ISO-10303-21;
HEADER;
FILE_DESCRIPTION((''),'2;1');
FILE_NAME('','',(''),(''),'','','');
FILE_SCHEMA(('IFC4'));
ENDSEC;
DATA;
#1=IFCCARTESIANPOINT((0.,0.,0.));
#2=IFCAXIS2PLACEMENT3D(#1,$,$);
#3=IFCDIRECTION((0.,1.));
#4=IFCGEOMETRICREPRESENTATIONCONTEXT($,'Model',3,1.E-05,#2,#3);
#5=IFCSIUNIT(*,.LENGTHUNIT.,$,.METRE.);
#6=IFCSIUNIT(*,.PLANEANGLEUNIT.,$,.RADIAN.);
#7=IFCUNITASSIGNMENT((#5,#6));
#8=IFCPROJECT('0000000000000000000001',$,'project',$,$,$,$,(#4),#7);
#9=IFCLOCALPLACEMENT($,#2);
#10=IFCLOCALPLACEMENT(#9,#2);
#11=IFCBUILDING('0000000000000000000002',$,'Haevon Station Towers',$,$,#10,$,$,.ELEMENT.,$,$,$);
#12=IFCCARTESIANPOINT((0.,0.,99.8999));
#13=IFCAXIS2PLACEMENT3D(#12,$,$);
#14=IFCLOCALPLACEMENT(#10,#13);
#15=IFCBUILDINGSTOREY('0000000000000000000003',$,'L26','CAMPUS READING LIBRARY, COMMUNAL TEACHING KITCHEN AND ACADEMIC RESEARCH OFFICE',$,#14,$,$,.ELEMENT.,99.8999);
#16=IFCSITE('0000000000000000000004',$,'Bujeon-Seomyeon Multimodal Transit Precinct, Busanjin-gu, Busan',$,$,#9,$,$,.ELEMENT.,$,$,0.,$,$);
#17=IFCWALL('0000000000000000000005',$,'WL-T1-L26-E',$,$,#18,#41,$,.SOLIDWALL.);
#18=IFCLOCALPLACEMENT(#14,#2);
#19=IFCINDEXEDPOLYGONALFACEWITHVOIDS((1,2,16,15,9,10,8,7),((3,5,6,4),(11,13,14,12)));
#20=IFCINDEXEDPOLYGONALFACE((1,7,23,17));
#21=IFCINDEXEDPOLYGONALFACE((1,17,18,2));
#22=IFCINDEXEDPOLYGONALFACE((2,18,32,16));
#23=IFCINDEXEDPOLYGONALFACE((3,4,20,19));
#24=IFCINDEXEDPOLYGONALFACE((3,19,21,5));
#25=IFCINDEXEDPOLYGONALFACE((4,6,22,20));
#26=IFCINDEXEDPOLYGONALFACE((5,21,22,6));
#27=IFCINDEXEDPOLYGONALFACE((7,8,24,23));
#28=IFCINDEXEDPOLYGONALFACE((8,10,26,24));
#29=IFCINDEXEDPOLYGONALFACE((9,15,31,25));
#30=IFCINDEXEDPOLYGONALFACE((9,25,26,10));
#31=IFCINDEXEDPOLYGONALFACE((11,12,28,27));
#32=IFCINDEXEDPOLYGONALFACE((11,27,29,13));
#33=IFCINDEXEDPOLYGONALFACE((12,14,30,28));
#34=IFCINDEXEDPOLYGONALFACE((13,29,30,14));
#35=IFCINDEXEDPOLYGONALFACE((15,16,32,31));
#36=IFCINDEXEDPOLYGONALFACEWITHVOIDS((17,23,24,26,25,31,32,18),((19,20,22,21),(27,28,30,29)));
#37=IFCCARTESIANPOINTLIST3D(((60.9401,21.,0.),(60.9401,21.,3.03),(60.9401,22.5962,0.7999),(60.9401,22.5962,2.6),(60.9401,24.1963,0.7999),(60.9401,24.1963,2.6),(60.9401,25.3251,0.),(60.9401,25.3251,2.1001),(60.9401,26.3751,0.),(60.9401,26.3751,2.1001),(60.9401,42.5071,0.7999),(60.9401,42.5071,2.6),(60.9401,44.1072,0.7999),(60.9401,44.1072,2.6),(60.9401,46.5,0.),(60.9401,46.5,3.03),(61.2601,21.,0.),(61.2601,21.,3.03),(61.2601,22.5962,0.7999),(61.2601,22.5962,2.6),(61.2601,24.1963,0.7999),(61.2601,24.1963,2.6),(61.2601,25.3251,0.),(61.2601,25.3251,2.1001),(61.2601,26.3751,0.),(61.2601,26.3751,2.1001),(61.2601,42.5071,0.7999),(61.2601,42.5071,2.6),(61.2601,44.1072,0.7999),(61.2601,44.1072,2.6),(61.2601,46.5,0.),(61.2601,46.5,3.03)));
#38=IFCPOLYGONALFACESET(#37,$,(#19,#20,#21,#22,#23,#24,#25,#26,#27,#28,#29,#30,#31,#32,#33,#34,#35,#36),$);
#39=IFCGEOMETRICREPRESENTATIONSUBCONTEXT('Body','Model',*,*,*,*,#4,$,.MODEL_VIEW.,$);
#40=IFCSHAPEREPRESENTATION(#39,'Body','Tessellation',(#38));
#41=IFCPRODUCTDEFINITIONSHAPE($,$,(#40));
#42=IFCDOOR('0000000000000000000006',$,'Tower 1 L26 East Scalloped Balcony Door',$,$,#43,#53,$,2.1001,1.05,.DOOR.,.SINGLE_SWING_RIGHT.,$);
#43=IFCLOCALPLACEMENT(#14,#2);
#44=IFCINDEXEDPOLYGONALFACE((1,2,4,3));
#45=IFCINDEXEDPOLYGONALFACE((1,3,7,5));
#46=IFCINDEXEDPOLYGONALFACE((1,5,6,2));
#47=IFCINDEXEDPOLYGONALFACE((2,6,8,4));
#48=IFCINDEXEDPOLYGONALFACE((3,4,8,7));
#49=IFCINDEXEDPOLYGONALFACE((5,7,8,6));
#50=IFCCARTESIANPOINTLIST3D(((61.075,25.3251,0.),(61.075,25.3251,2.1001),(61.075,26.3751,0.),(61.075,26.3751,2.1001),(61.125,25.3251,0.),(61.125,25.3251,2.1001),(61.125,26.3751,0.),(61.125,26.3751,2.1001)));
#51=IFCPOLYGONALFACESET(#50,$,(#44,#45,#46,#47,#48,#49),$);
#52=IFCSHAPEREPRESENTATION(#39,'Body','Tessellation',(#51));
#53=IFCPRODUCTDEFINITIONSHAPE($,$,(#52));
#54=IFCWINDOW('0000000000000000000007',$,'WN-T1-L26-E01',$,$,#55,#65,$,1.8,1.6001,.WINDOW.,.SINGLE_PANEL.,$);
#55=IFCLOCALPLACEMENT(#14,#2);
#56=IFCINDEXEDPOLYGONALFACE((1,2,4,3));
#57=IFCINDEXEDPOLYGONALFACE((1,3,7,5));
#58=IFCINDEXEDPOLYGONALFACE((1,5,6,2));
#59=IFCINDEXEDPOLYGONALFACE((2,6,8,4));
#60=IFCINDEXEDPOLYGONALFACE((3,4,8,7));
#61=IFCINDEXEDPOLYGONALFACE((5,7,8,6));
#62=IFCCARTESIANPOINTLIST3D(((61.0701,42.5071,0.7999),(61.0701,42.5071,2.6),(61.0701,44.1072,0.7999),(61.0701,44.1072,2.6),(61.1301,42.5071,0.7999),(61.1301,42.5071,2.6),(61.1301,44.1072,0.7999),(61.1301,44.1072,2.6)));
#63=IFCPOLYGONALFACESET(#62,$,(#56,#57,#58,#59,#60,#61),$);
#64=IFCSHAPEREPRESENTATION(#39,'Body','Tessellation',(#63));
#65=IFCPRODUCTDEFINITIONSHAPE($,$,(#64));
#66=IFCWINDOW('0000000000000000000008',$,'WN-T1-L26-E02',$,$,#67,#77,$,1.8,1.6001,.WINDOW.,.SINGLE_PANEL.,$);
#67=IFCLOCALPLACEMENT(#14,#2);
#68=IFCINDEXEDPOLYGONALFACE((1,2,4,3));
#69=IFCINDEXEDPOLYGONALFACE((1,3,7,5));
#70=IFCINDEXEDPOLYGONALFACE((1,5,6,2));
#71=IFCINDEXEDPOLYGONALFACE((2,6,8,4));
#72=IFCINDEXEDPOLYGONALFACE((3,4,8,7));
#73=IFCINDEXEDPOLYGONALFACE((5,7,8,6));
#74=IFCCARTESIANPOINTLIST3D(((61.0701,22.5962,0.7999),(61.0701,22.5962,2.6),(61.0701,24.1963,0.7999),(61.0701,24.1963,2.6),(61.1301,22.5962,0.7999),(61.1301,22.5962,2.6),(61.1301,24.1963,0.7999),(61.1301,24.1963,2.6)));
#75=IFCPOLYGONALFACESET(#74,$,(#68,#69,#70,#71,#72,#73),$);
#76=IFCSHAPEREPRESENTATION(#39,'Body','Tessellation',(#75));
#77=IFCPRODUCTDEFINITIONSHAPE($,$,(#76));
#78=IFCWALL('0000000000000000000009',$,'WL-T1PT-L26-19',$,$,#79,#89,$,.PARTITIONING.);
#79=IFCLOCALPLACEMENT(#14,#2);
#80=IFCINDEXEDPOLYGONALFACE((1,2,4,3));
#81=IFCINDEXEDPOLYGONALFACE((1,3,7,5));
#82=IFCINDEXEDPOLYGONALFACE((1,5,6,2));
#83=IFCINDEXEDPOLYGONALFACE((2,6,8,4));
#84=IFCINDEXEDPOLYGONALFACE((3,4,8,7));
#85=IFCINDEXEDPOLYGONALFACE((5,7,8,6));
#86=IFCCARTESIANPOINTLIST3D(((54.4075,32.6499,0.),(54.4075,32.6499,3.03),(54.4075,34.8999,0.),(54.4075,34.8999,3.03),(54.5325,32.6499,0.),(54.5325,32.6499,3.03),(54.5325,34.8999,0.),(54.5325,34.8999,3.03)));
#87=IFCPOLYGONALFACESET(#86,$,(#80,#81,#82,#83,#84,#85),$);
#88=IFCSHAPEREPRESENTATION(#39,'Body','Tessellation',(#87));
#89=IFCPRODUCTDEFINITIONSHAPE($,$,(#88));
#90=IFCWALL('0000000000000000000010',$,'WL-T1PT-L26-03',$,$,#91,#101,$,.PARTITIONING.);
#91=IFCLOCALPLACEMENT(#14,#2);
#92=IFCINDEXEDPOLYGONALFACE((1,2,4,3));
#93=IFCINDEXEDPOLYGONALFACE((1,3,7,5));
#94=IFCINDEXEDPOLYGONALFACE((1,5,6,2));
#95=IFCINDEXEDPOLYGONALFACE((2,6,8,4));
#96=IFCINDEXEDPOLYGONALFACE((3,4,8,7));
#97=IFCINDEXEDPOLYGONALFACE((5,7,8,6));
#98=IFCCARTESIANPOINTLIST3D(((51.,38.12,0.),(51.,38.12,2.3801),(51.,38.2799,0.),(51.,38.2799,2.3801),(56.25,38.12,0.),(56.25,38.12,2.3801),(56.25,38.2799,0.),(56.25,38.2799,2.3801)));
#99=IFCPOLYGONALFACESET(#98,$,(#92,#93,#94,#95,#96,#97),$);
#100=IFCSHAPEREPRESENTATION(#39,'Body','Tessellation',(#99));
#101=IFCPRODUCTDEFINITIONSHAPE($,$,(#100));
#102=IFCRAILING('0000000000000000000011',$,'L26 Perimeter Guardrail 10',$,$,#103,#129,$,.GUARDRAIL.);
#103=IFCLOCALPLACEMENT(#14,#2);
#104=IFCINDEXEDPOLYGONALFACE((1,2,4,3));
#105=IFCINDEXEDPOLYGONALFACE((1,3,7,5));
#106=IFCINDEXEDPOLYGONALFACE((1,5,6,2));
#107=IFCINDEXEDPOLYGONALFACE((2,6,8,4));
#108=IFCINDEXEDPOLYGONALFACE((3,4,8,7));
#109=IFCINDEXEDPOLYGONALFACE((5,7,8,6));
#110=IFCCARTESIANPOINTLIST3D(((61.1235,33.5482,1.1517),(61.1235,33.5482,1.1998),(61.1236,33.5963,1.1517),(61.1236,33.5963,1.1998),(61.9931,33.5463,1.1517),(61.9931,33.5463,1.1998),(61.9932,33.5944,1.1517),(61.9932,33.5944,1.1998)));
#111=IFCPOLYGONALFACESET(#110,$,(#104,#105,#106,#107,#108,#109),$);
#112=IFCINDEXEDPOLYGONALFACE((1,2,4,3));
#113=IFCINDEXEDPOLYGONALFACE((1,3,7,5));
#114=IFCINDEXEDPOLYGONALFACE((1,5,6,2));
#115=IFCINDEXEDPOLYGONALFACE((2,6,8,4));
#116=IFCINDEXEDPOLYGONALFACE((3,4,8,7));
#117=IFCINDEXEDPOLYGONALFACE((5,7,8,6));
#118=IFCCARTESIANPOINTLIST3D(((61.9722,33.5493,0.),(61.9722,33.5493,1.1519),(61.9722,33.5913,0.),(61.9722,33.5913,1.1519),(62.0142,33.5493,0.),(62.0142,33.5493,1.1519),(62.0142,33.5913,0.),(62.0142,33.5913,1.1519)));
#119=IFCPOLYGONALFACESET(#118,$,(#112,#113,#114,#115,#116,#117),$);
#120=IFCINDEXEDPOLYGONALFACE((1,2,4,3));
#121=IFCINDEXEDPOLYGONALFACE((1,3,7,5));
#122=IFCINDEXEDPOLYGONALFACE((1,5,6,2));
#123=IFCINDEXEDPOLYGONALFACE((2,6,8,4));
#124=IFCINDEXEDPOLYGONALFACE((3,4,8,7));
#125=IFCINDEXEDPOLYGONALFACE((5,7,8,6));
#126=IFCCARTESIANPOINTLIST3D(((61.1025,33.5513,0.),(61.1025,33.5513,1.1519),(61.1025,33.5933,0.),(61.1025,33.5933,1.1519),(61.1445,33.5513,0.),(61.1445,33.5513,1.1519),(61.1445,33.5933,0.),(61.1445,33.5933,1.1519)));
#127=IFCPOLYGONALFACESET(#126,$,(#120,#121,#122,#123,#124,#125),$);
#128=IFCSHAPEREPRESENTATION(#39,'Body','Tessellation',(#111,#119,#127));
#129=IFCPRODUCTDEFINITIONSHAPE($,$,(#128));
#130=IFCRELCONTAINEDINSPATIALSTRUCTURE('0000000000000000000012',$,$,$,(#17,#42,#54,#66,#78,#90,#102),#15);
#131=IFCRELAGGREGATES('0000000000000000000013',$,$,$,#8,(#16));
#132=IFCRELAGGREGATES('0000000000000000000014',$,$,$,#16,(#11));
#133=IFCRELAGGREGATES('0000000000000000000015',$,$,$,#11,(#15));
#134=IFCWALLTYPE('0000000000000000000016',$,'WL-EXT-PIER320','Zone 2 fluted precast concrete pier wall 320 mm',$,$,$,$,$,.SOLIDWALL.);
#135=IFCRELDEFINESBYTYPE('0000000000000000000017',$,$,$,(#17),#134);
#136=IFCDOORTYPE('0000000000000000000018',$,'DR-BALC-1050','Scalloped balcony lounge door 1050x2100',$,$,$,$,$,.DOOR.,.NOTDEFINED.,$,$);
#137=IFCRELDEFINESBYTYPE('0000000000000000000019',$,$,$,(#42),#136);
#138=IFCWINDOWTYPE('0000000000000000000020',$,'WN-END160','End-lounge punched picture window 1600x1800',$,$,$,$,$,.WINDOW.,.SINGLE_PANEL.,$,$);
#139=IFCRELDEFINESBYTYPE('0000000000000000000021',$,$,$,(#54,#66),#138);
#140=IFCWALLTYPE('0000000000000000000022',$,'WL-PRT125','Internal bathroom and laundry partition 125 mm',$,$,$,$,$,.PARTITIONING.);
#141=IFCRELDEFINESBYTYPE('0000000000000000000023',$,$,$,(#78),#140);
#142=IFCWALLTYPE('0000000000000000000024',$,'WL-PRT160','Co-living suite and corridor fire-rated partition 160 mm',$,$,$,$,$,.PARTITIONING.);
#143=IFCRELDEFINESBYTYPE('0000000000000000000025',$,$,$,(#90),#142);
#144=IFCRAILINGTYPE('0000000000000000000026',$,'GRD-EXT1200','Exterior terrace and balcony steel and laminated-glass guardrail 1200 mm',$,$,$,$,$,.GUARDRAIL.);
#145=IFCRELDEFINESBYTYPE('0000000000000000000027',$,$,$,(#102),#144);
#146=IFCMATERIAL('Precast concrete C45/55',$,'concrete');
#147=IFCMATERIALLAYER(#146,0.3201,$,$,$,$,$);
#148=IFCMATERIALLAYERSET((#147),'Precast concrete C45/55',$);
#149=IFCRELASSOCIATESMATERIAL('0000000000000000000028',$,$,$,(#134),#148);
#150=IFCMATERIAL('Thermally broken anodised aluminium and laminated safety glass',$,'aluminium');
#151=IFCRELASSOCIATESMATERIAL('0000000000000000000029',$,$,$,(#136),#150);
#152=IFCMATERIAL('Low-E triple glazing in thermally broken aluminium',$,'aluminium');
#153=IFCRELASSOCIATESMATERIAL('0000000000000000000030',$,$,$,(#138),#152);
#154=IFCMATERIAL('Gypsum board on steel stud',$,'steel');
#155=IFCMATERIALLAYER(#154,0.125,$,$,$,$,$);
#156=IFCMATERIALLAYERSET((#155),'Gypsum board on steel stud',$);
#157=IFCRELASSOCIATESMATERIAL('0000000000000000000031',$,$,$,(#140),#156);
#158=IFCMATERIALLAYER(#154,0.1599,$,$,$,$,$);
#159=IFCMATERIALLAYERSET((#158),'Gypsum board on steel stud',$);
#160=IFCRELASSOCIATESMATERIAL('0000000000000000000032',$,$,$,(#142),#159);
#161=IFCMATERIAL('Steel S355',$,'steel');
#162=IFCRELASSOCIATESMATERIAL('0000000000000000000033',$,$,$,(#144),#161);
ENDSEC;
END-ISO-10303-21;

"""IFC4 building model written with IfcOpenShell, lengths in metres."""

from ifc_helpers import new_model, si_unit, direction, frame, frame_2d, origin, origin_2d, place, context, subcontext, project, spatial, rectangle, extrude, material, layer, layer_set, type_object, element, fill, save


model = new_model("IFC4")

# Units and contexts
model_context = context("Model", 3, precision=1e-05, world=origin(), true_north=direction((0.0, 1.0)))
body_context = subcontext(model_context, "Body", "Model", "MODEL_VIEW")
ifc_project = project(units=[si_unit("LENGTHUNIT", "METRE"), si_unit("PLANEANGLEUNIT", "RADIAN")], contexts=[model_context])

# Site, building, storey
site_placement = place(None, origin())
site = spatial("IfcSite", under=ifc_project, at=site_placement, Name="Bujeon-Seomyeon Multimodal Transit Precinct, Busanjin-gu, Busan", CompositionType="ELEMENT", RefElevation=0.0)
building_placement = place(site_placement, origin())
building = spatial("IfcBuilding", under=site, at=building_placement, Name="Haevon Station Towers", CompositionType="ELEMENT")
storey_placement = place(building_placement, frame((0.0, 0.0, 99.8999)))
storey = spatial("IfcBuildingStorey", under=building, at=storey_placement, Name="L26", Description="CAMPUS READING LIBRARY, COMMUNAL TEACHING KITCHEN AND ACADEMIC RESEARCH OFFICE", CompositionType="ELEMENT", Elevation=99.8999)

# Shared definitions
ifc_material_1 = material(Name="Steel S355", Category="steel")

# Shared definitions
ifc_material_2 = material(Name="Precast concrete C45/55", Category="concrete")
ifc_layer_1 = layer(ifc_material_2, 0.3201)
ifc_layer_set_1 = layer_set([ifc_layer_1], Name="Precast concrete C45/55")
wall_type_1 = type_object("IfcWallType", Name="WL-EXT-PIER320", Description="Zone 2 fluted precast concrete pier wall 320 mm", PredefinedType="SOLIDWALL", material=ifc_layer_set_1)

# Wall, openings, door, windows
wall_1_placement = place(storey_placement, frame((61.1001, 46.5, 0.0), z_axis=(0.0, 0.0, 1.0), x_axis=(0.0, -1.0, 0.0)))
wall_1 = element("IfcWall", 1, at=wall_1_placement, inside=storey, type_object=wall_type_1, Name="WL-T1-L26-E", PredefinedType="SOLIDWALL", context=body_context, shape_type="SweptSolid", body=[
    extrude(rectangle(XDim=25.5, YDim=0.3201, at=frame_2d((12.75, 0.0))), origin(), (0.0, 0.0, 1.0), 3.03),
])
opening_1_placement = place(wall_1_placement, frame((20.125, 0.0, 0.0)))
opening_1 = element("IfcOpeningElement", 2, at=opening_1_placement, cuts=wall_1, PredefinedType="OPENING", context=body_context, shape_type="SweptSolid", body=[
    extrude(rectangle(XDim=1.05, YDim=2.1001, at=frame_2d((0.5249, 1.05))), frame((0.0, 0.1699, 0.0), z_axis=(0.0, -1.0, 0.0), x_axis=(1.0, 0.0, 0.0)), (0.0, 0.0, 1.0), 0.3401),
])
opening_2_placement = place(wall_1_placement, frame((2.3928, 0.0, 0.8)))
opening_2 = element("IfcOpeningElement", 3, at=opening_2_placement, cuts=wall_1, PredefinedType="OPENING", context=body_context, shape_type="SweptSolid", body=[
    extrude(rectangle(XDim=1.6001, YDim=1.8, at=frame_2d((0.8, 0.8999))), frame((0.0, 0.1699, 0.0), z_axis=(0.0, -1.0, 0.0), x_axis=(1.0, 0.0, 0.0)), (0.0, 0.0, 1.0), 0.3401),
])
opening_3_placement = place(wall_1_placement, frame((22.3037, 0.0, 0.8)))
opening_3 = element("IfcOpeningElement", 4, at=opening_3_placement, cuts=wall_1, PredefinedType="OPENING", context=body_context, shape_type="SweptSolid", body=[
    extrude(rectangle(XDim=1.6001, YDim=1.8, at=frame_2d((0.8, 0.8999))), frame((0.0, 0.1699, 0.0), z_axis=(0.0, -1.0, 0.0), x_axis=(1.0, 0.0, 0.0)), (0.0, 0.0, 1.0), 0.3401),
])
ifc_material_3 = material(Name="Thermally broken anodised aluminium and laminated safety glass", Category="aluminium")
door_type = type_object("IfcDoorType", Name="DR-BALC-1050", Description="Scalloped balcony lounge door 1050x2100", OperationType="NOTDEFINED", PredefinedType="DOOR", material=ifc_material_3)
door_placement = place(opening_1_placement, origin())
door = element("IfcDoor", 5, at=door_placement, inside=storey, type_object=door_type, Name="Tower 1 L26 East Scalloped Balcony Door", OperationType="SINGLE_SWING_RIGHT", OverallHeight=2.1001, OverallWidth=1.05, PredefinedType="DOOR", context=body_context, shape_type="SweptSolid", body=[
    extrude(rectangle(XDim=1.05, YDim=2.1001, at=frame_2d((0.5249, 1.05))), frame((0.0, 0.0249, 0.0), z_axis=(0.0, -1.0, 0.0), x_axis=(1.0, 0.0, 0.0)), (0.0, 0.0, 1.0), 0.05),
])
fill(opening_1, door)
ifc_material_4 = material(Name="Low-E triple glazing in thermally broken aluminium", Category="aluminium")
window_type = type_object("IfcWindowType", Name="WN-END160", Description="End-lounge punched picture window 1600x1800", PartitioningType="SINGLE_PANEL", PredefinedType="WINDOW", material=ifc_material_4)
window_1_placement = place(opening_2_placement, origin())
window_1 = element("IfcWindow", 6, at=window_1_placement, inside=storey, type_object=window_type, Name="WN-T1-L26-E01", OverallHeight=1.8, OverallWidth=1.6001, PartitioningType="SINGLE_PANEL", PredefinedType="WINDOW", context=body_context, shape_type="SweptSolid", body=[
    extrude(rectangle(XDim=1.6001, YDim=1.8, at=frame_2d((0.8, 0.8999))), frame((0.0, 0.03, 0.0), z_axis=(0.0, -1.0, 0.0), x_axis=(1.0, 0.0, 0.0)), (0.0, 0.0, 1.0), 0.0601),
])
fill(opening_2, window_1)
window_2_placement = place(opening_3_placement, origin())
window_2 = element("IfcWindow", 7, at=window_2_placement, inside=storey, type_object=window_type, Name="WN-T1-L26-E02", OverallHeight=1.8, OverallWidth=1.6001, PartitioningType="SINGLE_PANEL", PredefinedType="WINDOW", context=body_context, shape_type="SweptSolid", body=[
    extrude(rectangle(XDim=1.6001, YDim=1.8, at=frame_2d((0.8, 0.8999))), frame((0.0, 0.03, 0.0), z_axis=(0.0, -1.0, 0.0), x_axis=(1.0, 0.0, 0.0)), (0.0, 0.0, 1.0), 0.0601),
])
fill(opening_3, window_2)

# Walls
ifc_material_5 = material(Name="Gypsum board on steel stud", Category="steel")
ifc_layer_2 = layer(ifc_material_5, 0.125)
ifc_layer_set_2 = layer_set([ifc_layer_2], Name="Gypsum board on steel stud")
wall_type_2 = type_object("IfcWallType", Name="WL-PRT125", Description="Internal bathroom and laundry partition 125 mm", PredefinedType="PARTITIONING", material=ifc_layer_set_2)
wall_2_placement = place(storey_placement, frame((54.47, 32.6499, 0.0), z_axis=(0.0, 0.0, 1.0), x_axis=(0.0, 1.0, 0.0)))
element("IfcWall", 8, at=wall_2_placement, inside=storey, type_object=wall_type_2, Name="WL-T1PT-L26-19", PredefinedType="PARTITIONING", context=body_context, shape_type="SweptSolid", body=[
    extrude(rectangle(XDim=2.25, YDim=0.125, at=frame_2d((1.125, 0.0))), origin(), (0.0, 0.0, 1.0), 3.03),
])
ifc_layer_3 = layer(ifc_material_5, 0.1599)
ifc_layer_set_3 = layer_set([ifc_layer_3], Name="Gypsum board on steel stud")
wall_type_3 = type_object("IfcWallType", Name="WL-PRT160", Description="Co-living suite and corridor fire-rated partition 160 mm", PredefinedType="PARTITIONING", material=ifc_layer_set_3)
wall_3_placement = place(storey_placement, frame((51.0, 38.2, 0.0), z_axis=(0.0, 0.0, 1.0), x_axis=(1.0, 0.0, 0.0)))
element("IfcWall", 9, at=wall_3_placement, inside=storey, type_object=wall_type_3, Name="WL-T1PT-L26-03", PredefinedType="PARTITIONING", context=body_context, shape_type="SweptSolid", body=[
    extrude(rectangle(XDim=5.25, YDim=0.1599, at=frame_2d((2.625, 0.0))), origin(), (0.0, 0.0, 1.0), 2.3801),
])

# Railing
railing_type = type_object("IfcRailingType", Name="GRD-EXT1200", Description="Exterior terrace and balcony steel and laminated-glass guardrail 1200 mm", PredefinedType="GUARDRAIL", material=ifc_material_1)
railing_placement = place(storey_placement, frame((61.9932, 33.5703, 0.0)))
element("IfcRailing", 10, at=railing_placement, inside=storey, type_object=railing_type, Name="L26 Perimeter Guardrail 10", PredefinedType="GUARDRAIL", context=body_context, shape_type="SweptSolid", body=[
    extrude(rectangle(XDim=0.0481, YDim=0.0481, at=origin_2d()), frame((0.0, 0.0, 1.1758), z_axis=(-0.999997, 0.002246, 0.0), x_axis=(-0.002246, -0.999997, 0.0)), (0.0, 0.0, 1.0), 0.8696),
    extrude(rectangle(XDim=0.042, YDim=0.042, at=origin_2d()), origin(), (0.0, 0.0, 1.0), 1.1519),
    extrude(rectangle(XDim=0.042, YDim=0.042, at=origin_2d()), frame((-0.8696, 0.002, 0.0)), (0.0, 0.0, 1.0), 1.1519),
])

save(model, "model.ifc")
